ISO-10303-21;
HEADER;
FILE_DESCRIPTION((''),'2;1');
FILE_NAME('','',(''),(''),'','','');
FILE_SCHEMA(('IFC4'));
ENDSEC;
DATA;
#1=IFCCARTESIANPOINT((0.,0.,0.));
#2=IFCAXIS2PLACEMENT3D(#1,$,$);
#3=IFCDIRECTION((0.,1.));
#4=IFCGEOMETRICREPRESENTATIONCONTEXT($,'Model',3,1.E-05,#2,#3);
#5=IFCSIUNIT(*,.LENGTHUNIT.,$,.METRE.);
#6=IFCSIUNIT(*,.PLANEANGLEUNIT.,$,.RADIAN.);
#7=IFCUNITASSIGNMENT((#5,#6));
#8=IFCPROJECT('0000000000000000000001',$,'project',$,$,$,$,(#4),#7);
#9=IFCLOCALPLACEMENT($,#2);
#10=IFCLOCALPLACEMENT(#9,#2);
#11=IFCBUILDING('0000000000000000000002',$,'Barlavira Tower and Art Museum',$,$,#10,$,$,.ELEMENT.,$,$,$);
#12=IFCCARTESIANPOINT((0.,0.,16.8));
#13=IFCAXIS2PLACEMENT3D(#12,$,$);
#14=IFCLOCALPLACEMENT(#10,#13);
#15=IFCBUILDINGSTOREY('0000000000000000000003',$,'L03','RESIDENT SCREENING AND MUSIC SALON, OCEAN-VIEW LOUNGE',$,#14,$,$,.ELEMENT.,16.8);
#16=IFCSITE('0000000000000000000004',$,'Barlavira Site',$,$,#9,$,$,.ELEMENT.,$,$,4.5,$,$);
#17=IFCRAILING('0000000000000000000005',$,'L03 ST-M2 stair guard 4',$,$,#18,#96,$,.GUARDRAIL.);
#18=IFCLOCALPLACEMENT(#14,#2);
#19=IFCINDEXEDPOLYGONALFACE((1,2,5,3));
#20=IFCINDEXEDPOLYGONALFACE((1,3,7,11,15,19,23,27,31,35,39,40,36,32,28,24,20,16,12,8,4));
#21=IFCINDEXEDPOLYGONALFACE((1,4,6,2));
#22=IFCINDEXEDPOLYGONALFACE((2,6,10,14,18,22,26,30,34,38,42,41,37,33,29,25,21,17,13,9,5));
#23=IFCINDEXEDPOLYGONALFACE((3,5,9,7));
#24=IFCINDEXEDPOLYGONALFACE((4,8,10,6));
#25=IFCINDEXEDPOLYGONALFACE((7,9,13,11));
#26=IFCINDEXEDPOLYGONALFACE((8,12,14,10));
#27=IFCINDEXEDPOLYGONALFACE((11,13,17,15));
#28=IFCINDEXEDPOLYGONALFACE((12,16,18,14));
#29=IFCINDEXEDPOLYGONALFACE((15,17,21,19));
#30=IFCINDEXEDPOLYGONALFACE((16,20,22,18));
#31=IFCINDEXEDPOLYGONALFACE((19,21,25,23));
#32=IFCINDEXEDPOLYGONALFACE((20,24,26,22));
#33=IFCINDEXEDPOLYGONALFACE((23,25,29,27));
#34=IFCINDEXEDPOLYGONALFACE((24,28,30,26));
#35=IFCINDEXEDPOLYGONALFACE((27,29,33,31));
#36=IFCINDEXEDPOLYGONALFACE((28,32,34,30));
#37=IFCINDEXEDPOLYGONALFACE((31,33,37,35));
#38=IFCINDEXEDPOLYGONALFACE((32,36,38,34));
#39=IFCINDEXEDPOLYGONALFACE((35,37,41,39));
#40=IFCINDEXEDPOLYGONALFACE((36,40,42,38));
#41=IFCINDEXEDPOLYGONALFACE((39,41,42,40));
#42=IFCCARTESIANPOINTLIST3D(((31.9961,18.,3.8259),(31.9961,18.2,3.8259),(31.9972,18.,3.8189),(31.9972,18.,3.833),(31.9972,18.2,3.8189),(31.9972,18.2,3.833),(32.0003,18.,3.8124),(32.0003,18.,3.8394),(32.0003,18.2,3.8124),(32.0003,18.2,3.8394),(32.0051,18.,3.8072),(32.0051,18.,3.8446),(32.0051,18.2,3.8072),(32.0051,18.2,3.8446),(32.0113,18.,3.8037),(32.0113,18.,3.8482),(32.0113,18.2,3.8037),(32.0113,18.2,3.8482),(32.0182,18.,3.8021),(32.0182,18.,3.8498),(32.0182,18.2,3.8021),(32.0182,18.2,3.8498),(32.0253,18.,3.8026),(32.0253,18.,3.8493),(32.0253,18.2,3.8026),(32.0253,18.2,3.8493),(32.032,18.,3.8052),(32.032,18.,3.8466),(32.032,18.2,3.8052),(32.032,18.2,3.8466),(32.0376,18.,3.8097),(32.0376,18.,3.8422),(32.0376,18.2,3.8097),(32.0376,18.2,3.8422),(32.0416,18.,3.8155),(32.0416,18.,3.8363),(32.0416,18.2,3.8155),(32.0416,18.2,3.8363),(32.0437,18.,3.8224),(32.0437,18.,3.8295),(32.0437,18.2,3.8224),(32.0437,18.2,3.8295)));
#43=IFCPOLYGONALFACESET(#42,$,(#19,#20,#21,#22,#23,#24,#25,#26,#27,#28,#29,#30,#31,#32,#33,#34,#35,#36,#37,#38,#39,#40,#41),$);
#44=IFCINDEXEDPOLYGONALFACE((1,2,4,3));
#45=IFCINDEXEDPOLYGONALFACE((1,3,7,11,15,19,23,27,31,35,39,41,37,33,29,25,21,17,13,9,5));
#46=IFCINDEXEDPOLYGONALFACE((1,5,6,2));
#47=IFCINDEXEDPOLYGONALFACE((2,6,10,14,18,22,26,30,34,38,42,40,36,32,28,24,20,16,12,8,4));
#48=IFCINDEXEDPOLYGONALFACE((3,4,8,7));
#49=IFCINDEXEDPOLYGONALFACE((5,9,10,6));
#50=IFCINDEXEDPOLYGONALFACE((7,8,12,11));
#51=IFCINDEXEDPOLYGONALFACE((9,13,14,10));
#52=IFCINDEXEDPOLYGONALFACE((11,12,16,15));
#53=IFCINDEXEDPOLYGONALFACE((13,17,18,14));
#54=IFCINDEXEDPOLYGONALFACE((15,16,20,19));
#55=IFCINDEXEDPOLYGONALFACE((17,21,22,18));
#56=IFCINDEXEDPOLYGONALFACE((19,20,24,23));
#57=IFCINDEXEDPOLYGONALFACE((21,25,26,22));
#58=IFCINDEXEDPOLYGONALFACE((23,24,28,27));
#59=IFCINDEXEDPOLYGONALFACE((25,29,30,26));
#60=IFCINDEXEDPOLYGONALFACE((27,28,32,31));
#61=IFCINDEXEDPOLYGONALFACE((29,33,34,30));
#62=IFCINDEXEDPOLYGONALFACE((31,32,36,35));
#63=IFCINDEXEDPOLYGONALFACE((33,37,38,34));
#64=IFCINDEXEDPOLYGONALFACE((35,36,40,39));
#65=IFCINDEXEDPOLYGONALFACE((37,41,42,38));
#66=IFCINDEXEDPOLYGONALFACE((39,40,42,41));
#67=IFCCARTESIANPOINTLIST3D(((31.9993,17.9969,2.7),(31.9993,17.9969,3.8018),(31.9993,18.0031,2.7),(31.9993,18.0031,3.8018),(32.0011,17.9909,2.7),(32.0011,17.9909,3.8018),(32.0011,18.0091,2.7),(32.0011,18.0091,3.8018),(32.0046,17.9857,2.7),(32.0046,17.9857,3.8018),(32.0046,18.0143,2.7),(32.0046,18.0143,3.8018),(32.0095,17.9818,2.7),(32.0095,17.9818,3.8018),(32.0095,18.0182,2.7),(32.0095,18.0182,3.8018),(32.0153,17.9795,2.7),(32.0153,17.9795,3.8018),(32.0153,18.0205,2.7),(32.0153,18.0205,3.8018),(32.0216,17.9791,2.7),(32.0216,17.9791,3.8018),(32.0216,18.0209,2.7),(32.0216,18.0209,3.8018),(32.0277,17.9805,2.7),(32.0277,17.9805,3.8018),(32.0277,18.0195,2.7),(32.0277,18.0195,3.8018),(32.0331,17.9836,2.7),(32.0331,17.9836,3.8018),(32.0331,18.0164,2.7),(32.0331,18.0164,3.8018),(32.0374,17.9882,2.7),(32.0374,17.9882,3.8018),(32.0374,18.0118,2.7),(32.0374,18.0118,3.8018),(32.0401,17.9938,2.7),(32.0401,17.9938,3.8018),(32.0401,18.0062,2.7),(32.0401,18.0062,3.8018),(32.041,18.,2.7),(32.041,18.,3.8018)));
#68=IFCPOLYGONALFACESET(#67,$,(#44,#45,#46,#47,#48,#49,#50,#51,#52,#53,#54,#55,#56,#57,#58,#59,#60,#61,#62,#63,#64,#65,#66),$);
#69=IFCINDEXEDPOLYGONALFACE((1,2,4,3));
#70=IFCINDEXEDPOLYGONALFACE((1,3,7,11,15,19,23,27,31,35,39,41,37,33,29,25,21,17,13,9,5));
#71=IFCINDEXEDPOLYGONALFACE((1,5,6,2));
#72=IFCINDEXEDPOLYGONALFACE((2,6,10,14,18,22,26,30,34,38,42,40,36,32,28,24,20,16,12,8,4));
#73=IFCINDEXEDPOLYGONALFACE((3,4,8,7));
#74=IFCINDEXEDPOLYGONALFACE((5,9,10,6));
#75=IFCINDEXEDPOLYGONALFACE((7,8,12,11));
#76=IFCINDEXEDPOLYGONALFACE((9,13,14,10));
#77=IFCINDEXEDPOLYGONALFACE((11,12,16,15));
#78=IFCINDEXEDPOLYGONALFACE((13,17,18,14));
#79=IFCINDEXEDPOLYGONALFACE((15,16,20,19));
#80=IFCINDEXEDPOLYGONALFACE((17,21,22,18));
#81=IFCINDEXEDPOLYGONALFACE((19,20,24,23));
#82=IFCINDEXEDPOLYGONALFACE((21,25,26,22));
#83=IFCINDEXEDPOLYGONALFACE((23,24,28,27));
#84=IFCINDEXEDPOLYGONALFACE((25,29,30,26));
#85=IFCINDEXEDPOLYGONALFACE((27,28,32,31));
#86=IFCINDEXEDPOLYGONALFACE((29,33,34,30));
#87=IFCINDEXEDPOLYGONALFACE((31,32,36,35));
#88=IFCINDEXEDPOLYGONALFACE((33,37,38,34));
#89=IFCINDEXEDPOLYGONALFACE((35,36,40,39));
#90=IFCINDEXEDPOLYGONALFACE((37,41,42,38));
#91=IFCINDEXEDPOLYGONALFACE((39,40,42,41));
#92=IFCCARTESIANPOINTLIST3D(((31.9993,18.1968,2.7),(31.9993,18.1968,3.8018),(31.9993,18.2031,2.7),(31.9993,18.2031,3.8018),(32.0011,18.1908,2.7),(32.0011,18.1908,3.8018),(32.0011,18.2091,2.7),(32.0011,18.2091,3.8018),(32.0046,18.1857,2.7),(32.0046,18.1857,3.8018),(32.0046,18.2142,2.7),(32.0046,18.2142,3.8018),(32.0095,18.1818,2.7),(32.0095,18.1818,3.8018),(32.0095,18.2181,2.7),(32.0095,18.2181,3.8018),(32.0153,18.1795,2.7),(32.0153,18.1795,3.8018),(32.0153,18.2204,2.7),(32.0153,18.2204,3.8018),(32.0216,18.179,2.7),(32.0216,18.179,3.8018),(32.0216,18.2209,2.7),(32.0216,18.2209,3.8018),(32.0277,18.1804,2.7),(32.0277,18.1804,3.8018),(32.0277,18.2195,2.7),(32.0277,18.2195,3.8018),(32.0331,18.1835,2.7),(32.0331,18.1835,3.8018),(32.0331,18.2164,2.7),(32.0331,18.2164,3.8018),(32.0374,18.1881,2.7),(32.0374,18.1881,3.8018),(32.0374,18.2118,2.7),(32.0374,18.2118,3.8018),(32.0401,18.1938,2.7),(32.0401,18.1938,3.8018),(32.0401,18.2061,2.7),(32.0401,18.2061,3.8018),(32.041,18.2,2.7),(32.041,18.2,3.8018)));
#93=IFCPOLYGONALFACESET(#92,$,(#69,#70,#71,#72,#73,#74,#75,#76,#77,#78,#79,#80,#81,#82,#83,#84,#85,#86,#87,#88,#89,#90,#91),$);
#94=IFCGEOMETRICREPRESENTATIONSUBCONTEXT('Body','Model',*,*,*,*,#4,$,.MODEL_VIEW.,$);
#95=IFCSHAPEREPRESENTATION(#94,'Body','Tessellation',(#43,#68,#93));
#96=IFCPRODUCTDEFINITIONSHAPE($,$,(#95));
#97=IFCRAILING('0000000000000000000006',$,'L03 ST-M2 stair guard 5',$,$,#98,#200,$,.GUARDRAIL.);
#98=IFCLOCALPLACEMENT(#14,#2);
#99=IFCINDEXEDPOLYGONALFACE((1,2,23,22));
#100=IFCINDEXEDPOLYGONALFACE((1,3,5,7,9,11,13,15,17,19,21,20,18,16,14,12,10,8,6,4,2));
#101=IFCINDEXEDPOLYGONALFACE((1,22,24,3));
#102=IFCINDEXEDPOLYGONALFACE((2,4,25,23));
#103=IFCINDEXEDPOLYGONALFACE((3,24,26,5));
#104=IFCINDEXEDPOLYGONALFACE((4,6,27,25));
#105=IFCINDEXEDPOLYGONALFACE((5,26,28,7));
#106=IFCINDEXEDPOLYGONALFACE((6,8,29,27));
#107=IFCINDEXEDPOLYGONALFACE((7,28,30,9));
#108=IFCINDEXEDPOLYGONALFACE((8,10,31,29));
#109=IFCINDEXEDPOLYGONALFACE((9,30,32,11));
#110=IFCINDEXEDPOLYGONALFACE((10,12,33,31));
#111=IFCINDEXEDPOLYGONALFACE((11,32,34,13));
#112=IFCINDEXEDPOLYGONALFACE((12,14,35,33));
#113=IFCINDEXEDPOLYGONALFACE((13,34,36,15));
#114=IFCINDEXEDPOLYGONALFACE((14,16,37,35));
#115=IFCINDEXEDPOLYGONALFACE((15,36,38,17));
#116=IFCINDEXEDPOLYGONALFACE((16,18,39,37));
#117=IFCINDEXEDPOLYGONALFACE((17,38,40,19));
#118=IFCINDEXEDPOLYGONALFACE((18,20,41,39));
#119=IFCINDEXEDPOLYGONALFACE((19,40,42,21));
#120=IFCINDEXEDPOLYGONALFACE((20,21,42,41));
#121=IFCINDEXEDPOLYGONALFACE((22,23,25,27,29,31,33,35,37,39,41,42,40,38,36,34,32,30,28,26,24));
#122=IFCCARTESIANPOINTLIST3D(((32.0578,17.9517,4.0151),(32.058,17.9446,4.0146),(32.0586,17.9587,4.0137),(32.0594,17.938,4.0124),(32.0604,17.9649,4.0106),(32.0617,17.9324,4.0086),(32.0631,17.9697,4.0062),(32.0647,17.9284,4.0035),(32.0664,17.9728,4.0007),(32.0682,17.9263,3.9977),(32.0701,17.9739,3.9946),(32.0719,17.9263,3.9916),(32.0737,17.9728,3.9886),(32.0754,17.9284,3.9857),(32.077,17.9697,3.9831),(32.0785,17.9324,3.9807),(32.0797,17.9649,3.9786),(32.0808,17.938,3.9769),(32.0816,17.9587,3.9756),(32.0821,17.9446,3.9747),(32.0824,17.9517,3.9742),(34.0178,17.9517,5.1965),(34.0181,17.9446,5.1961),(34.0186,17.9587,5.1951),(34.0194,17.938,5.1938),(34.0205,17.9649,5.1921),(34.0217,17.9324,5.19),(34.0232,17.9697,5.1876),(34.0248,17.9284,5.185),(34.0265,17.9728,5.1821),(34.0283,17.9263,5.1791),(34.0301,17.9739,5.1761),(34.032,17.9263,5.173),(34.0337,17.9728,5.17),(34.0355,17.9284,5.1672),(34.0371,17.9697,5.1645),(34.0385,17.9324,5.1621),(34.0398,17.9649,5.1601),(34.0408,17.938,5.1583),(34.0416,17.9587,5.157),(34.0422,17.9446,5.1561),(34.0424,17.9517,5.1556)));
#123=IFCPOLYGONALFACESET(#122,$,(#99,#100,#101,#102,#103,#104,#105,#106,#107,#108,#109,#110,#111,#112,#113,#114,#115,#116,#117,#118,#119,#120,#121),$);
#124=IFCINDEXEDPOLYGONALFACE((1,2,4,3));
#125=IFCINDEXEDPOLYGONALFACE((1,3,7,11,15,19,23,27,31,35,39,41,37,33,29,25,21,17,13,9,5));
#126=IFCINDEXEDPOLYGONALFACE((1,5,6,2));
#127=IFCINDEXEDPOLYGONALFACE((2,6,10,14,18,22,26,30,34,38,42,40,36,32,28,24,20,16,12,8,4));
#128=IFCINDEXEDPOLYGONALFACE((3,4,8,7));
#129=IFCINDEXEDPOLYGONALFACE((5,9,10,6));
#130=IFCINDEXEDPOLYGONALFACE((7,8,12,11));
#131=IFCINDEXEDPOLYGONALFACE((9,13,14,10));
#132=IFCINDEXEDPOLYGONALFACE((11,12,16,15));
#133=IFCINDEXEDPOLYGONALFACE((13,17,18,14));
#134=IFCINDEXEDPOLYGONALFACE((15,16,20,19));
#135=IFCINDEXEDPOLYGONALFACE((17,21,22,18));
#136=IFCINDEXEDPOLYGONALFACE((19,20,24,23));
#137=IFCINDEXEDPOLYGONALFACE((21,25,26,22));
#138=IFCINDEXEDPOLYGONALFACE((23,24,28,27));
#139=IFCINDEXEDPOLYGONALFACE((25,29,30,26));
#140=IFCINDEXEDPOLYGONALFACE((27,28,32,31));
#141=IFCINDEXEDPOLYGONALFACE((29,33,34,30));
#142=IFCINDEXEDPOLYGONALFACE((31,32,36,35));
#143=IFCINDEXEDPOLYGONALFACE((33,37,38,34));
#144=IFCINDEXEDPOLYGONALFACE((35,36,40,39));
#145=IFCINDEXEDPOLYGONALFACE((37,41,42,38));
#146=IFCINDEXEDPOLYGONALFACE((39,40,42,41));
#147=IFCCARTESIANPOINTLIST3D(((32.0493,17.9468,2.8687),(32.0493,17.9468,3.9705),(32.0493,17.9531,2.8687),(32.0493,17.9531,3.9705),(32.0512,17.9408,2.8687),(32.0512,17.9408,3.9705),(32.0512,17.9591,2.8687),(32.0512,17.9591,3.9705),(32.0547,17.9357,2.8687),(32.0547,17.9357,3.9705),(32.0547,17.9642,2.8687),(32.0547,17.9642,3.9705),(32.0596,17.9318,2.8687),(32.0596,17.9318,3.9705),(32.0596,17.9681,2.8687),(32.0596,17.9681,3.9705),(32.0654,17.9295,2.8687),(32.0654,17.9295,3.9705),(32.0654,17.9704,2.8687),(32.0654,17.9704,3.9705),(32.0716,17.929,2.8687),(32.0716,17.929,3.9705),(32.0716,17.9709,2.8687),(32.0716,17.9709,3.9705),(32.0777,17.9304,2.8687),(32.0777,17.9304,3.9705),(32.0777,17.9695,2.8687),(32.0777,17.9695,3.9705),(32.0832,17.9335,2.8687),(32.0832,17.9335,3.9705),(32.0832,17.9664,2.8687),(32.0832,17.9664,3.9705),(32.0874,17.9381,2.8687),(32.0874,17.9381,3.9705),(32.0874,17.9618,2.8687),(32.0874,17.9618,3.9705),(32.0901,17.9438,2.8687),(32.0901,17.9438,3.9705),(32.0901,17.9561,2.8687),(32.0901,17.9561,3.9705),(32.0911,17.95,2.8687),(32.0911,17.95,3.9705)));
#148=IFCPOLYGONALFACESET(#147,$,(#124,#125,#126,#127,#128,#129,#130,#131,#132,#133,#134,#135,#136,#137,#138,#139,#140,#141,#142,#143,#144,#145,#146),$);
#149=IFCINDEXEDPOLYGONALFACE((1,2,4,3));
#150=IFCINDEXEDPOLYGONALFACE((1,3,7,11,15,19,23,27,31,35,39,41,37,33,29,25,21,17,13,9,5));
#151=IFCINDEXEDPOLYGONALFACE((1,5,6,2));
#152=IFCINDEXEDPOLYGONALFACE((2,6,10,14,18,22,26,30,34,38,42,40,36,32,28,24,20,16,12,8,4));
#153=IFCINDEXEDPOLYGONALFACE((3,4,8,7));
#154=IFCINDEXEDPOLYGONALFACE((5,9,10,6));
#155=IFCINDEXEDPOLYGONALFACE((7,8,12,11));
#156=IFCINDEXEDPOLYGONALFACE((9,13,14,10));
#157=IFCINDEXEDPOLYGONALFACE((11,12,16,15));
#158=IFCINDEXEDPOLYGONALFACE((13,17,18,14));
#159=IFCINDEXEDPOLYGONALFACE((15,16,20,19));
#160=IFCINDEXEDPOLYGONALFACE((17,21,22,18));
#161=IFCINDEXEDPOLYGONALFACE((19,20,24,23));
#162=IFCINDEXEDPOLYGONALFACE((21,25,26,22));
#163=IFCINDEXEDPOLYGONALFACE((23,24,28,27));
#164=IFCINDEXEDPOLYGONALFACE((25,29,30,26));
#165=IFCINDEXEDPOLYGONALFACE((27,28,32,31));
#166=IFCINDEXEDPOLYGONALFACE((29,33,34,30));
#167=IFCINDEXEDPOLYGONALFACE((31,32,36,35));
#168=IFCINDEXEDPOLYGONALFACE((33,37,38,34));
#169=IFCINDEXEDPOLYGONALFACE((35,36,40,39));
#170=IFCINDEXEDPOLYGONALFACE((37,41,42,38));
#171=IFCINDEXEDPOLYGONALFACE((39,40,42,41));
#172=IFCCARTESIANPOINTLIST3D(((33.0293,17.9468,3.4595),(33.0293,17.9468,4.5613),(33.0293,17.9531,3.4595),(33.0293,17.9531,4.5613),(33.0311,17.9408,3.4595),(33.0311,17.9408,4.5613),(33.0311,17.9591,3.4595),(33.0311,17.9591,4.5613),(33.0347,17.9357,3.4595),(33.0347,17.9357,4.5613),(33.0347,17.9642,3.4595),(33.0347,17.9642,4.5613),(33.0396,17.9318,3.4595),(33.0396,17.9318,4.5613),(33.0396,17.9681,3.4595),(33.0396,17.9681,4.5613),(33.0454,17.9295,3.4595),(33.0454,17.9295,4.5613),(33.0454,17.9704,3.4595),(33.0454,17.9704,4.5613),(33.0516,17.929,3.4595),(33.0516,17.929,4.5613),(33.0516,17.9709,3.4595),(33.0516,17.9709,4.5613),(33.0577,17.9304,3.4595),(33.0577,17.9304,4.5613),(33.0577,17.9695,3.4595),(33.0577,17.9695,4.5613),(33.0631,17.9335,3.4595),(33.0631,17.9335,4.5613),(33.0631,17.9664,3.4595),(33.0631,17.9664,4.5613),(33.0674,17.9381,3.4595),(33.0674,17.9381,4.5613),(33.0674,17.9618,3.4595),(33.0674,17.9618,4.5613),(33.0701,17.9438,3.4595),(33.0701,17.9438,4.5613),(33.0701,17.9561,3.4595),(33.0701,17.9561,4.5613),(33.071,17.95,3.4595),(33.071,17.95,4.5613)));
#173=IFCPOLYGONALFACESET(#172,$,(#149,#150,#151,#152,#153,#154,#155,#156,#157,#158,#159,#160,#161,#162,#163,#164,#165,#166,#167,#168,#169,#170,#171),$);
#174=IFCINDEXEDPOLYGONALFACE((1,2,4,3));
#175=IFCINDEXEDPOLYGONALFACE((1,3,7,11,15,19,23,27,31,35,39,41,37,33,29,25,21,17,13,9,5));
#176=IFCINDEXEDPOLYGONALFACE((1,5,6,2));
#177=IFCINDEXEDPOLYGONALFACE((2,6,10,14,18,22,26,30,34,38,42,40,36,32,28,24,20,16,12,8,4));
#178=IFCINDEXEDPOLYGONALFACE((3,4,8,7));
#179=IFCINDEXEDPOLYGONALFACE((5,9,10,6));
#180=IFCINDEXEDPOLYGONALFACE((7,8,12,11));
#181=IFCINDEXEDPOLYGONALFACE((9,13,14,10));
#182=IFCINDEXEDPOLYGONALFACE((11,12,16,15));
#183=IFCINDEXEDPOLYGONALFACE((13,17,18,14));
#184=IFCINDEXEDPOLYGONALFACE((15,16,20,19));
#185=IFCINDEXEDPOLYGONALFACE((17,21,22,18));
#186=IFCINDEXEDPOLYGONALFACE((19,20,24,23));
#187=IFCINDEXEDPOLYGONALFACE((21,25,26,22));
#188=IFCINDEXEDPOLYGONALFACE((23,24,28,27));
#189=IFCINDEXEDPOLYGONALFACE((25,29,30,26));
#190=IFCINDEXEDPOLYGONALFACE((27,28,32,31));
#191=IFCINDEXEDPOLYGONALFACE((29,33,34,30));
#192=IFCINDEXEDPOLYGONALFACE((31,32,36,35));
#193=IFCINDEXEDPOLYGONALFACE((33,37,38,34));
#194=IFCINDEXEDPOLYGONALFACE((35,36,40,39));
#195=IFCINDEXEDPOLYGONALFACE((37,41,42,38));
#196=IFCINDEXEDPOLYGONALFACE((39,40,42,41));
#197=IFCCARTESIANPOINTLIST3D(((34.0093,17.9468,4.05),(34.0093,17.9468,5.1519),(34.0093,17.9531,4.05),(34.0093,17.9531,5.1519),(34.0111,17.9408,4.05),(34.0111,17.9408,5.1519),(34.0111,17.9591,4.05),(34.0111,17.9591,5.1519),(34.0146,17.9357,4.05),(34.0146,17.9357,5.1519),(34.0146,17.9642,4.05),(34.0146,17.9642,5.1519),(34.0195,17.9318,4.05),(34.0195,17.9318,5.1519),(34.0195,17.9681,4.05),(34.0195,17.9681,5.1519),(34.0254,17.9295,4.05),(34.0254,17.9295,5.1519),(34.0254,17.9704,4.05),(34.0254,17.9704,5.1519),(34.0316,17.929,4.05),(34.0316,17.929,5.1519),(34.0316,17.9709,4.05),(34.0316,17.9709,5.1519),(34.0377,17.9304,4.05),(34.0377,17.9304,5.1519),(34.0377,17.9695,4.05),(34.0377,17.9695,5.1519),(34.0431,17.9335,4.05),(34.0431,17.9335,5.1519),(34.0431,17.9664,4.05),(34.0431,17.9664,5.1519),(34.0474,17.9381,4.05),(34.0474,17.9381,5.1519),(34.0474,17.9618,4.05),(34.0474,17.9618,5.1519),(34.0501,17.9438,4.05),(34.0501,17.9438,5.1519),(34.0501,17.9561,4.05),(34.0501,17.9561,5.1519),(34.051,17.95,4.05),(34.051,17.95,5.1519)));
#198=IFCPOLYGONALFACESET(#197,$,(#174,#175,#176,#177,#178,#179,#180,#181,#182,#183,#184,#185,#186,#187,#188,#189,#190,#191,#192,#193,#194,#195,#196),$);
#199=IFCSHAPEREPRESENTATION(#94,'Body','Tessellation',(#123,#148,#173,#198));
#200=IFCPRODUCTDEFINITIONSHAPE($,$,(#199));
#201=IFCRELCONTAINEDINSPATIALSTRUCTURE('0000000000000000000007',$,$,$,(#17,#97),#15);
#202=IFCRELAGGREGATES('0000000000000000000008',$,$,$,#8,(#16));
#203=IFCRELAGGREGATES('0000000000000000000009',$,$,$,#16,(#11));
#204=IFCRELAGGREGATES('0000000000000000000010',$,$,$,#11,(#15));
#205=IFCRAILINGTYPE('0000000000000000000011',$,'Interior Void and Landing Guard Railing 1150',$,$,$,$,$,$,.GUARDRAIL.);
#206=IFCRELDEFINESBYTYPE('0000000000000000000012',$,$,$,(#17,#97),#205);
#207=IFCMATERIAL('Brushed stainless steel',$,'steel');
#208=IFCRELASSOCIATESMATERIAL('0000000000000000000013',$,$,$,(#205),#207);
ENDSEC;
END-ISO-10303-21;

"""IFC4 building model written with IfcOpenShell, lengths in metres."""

from ifc_helpers import new_model, si_unit, direction, frame, origin, origin_2d, place, context, subcontext, project, spatial, circle, extrude, material, type_object, element, save


model = new_model("IFC4")

# Units and contexts
model_context = context("Model", 3, precision=1e-05, world=origin(), true_north=direction((0.0, 1.0)))
body_context = subcontext(model_context, "Body", "Model", "MODEL_VIEW")
ifc_project = project(units=[si_unit("LENGTHUNIT", "METRE"), si_unit("PLANEANGLEUNIT", "RADIAN")], contexts=[model_context])

# Site, building, storey
site_placement = place(None, origin())
site = spatial("IfcSite", under=ifc_project, at=site_placement, Name="Barlavira Site", CompositionType="ELEMENT", RefElevation=4.5)
building_placement = place(site_placement, origin())
building = spatial("IfcBuilding", under=site, at=building_placement, Name="Barlavira Tower and Art Museum", CompositionType="ELEMENT")
storey_placement = place(building_placement, frame((0.0, 0.0, 16.8)))
storey = spatial("IfcBuildingStorey", under=building, at=storey_placement, Name="L03", Description="RESIDENT SCREENING AND MUSIC SALON, OCEAN-VIEW LOUNGE", CompositionType="ELEMENT", Elevation=16.8)

# Railings
ifc_material_1 = material(Name="Brushed stainless steel", Category="steel")
railing_type_1 = type_object("IfcRailingType", Name="Interior Void and Landing Guard Railing 1150", PredefinedType="GUARDRAIL", material=ifc_material_1)
railing_1_placement = place(storey_placement, frame((32.02, 18.0, 2.7)))
element("IfcRailing", 1, at=railing_1_placement, inside=storey, type_object=railing_type_1, Name="L03 ST-M2 stair guard 4", PredefinedType="GUARDRAIL", context=body_context, shape_type="SweptSolid", body=[
    extrude(circle(Radius=0.0239, at=origin_2d()), frame((0.0, 0.0, 1.126), z_axis=(0.0, 1.0, 0.0), x_axis=(-1.0, 0.0, 0.0)), (0.0, 0.0, 1.0), 0.2),
    extrude(circle(Radius=0.021, at=origin_2d()), origin(), (0.0, 0.0, 1.0), 1.1018),
    extrude(circle(Radius=0.021, at=origin_2d()), frame((0.0, 0.2, 0.0)), (0.0, 0.0, 1.0), 1.1018),
])
railing_2_placement = place(storey_placement, frame((32.0701, 17.95, 2.8687)))
element("IfcRailing", 2, at=railing_2_placement, inside=storey, type_object=railing_type_1, Name="L03 ST-M2 stair guard 5", PredefinedType="GUARDRAIL", context=body_context, shape_type="SweptSolid", body=[
    extrude(circle(Radius=0.0239, at=origin_2d()), frame((0.0, 0.0, 1.126), z_axis=(0.856446, 0.0, 0.516236), x_axis=(0.0, 1.0, 0.0)), (0.0, 0.0, 1.0), 2.2886),
    extrude(circle(Radius=0.021, at=origin_2d()), origin(), (0.0, 0.0, 1.0), 1.1018),
    extrude(circle(Radius=0.021, at=origin_2d()), frame((0.98, 0.0, 0.5908)), (0.0, 0.0, 1.0), 1.1018),
    extrude(circle(Radius=0.021, at=origin_2d()), frame((1.96, 0.0, 1.1814)), (0.0, 0.0, 1.0), 1.1018),
])

save(model, "model.ifc")
